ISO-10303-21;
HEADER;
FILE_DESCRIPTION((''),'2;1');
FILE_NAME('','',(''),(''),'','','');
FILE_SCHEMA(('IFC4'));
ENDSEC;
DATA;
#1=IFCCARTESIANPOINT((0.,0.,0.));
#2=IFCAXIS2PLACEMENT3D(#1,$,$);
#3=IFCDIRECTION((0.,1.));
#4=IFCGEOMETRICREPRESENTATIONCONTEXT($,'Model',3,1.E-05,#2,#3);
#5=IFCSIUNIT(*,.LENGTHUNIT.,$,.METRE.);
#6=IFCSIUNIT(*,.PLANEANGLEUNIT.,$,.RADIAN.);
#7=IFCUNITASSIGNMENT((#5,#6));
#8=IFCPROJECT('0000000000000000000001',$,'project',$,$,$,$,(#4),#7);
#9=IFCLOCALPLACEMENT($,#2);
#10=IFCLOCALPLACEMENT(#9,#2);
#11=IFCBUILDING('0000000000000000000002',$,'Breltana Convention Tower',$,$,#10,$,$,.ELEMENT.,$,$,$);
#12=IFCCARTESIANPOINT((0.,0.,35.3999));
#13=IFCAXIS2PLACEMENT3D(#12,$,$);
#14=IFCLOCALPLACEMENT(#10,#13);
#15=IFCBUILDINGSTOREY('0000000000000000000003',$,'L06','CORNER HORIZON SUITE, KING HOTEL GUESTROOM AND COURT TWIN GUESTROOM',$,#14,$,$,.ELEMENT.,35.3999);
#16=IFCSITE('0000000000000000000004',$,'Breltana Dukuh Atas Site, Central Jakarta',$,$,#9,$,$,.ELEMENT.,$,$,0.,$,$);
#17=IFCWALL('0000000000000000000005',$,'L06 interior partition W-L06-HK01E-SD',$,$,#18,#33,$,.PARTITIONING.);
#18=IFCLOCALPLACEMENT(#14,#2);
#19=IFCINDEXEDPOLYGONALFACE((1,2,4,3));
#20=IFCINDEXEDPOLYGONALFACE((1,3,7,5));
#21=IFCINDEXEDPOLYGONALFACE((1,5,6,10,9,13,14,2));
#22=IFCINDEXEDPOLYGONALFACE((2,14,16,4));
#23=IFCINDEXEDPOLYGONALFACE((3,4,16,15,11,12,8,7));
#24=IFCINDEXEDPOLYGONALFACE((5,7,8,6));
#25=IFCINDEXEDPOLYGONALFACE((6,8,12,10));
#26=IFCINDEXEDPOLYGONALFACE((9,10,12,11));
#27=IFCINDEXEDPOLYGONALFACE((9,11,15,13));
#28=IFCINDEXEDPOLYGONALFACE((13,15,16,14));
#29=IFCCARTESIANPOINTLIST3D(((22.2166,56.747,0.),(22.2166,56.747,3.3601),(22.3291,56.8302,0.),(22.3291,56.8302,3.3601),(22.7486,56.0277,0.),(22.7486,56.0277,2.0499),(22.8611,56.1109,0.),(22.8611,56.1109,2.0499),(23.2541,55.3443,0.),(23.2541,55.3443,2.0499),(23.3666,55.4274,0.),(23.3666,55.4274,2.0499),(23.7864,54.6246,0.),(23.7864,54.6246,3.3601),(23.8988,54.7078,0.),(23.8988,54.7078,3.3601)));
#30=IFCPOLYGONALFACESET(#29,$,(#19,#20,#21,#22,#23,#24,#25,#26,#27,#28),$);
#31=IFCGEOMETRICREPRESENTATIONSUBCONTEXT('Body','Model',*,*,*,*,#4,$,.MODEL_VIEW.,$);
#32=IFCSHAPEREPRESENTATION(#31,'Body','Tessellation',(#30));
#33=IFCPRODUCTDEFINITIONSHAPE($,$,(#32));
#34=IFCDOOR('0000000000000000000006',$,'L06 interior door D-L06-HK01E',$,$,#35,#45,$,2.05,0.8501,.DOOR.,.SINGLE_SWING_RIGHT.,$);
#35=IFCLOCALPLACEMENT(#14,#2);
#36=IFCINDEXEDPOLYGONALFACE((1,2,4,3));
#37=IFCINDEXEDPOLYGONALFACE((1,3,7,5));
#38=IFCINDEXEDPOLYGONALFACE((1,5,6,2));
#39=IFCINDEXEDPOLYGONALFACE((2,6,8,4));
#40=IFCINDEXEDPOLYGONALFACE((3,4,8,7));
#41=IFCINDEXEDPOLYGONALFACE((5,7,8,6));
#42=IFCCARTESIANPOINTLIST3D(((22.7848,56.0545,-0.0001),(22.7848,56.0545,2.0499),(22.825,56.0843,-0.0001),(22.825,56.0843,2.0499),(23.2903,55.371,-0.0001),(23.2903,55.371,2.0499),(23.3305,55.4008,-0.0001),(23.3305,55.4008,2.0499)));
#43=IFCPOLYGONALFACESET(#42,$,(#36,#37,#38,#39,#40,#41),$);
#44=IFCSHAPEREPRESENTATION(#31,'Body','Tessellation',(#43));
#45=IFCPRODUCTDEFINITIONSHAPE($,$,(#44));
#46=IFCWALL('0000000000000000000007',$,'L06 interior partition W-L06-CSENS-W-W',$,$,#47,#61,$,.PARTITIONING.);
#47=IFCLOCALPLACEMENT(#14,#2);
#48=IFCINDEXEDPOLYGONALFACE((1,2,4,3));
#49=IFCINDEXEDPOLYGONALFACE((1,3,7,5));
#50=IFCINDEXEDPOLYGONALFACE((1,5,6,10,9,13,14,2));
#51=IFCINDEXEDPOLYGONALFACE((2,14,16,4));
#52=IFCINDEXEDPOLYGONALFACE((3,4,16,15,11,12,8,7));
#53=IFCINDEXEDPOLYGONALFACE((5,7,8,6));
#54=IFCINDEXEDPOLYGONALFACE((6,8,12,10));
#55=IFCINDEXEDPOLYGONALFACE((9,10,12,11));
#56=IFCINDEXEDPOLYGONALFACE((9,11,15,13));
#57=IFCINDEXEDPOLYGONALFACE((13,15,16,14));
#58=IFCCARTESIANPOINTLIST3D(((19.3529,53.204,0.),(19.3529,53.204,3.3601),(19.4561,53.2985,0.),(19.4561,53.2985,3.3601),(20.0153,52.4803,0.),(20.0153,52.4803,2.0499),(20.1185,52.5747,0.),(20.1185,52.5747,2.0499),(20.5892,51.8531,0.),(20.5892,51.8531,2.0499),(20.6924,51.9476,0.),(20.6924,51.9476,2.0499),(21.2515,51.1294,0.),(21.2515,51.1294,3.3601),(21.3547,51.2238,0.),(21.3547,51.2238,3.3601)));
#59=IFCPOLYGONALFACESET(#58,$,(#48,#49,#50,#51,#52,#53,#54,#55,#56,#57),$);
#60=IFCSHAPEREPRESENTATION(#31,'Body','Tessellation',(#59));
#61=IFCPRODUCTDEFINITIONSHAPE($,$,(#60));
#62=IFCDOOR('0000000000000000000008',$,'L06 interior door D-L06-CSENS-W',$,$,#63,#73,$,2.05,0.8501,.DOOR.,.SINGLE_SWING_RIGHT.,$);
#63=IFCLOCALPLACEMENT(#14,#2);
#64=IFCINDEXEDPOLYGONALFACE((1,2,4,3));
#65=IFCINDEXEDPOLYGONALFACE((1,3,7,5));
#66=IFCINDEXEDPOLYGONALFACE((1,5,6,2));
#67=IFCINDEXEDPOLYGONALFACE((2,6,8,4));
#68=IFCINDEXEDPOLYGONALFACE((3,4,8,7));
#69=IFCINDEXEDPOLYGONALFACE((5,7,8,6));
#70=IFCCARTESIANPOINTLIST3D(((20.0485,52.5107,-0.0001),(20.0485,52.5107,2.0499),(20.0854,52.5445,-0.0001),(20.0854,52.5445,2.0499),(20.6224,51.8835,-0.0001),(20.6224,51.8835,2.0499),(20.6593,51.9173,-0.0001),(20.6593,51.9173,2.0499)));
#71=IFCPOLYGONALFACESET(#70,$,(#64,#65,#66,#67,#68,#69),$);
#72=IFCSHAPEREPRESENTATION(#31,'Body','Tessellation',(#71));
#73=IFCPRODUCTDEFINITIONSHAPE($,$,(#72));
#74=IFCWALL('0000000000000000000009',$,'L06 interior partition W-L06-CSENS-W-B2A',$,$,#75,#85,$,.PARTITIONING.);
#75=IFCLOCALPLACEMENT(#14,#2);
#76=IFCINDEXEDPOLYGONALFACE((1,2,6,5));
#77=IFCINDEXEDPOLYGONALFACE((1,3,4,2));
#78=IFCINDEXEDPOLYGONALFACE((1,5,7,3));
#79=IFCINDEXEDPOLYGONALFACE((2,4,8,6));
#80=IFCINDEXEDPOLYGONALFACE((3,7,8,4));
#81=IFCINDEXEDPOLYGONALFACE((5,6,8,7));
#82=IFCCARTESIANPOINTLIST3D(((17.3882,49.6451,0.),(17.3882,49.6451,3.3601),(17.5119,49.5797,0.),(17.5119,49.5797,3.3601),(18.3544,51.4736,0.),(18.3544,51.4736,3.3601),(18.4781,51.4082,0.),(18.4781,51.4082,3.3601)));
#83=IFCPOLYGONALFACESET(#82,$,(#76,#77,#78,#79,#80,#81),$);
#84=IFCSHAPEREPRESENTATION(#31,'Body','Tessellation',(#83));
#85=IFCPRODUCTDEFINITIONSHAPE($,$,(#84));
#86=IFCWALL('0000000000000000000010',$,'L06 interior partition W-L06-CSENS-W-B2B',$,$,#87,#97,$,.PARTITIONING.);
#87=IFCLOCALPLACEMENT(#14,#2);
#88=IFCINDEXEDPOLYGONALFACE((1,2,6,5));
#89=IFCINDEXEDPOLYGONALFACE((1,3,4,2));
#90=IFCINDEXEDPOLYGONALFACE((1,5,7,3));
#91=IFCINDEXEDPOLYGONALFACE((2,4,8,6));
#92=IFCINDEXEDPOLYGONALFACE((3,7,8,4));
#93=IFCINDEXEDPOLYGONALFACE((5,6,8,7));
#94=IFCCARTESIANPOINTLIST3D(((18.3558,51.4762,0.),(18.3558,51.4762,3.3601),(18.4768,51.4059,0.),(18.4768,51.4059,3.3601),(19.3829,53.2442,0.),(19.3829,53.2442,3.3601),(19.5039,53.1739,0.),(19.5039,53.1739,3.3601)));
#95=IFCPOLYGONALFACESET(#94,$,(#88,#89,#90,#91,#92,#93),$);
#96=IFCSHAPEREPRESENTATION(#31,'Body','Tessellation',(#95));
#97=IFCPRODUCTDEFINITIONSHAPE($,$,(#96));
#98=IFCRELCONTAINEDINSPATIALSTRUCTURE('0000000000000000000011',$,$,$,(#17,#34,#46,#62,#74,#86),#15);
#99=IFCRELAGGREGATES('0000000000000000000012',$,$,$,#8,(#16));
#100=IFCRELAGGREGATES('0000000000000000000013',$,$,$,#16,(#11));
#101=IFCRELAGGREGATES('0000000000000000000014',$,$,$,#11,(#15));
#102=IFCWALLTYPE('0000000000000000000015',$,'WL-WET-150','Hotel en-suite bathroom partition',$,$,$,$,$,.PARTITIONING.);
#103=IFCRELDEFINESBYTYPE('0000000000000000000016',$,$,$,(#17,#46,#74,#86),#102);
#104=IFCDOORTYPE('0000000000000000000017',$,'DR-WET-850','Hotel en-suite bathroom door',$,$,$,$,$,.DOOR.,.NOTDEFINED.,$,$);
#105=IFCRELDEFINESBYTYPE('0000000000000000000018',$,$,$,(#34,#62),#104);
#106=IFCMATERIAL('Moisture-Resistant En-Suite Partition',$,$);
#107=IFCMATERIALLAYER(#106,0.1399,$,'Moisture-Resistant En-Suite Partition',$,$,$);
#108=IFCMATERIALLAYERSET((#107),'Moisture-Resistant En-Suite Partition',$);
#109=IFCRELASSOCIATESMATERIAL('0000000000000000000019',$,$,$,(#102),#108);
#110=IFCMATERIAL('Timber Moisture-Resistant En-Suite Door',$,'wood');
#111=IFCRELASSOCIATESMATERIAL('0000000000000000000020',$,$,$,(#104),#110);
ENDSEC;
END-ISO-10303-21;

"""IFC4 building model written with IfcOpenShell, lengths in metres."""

from ifc_helpers import new_model, si_unit, direction, frame, frame_2d, origin, place, context, subcontext, project, spatial, rectangle, extrude, source, transform, mapped, material, layer, layer_set, type_object, type_shapes, element, fill, save


model = new_model("IFC4")

# Units and contexts
model_context = context("Model", 3, precision=1e-05, world=origin(), true_north=direction((0.0, 1.0)))
body_context = subcontext(model_context, "Body", "Model", "MODEL_VIEW")
ifc_project = project(units=[si_unit("LENGTHUNIT", "METRE"), si_unit("PLANEANGLEUNIT", "RADIAN")], contexts=[model_context])

# Site, building, storey
site_placement = place(None, origin())
site = spatial("IfcSite", under=ifc_project, at=site_placement, Name="Breltana Dukuh Atas Site, Central Jakarta", CompositionType="ELEMENT", RefElevation=0.0)
building_placement = place(site_placement, origin())
building = spatial("IfcBuilding", under=site, at=building_placement, Name="Breltana Convention Tower", CompositionType="ELEMENT")
storey_placement = place(building_placement, frame((0.0, 0.0, 35.3999)))
storey = spatial("IfcBuildingStorey", under=building, at=storey_placement, Name="L06", Description="CORNER HORIZON SUITE, KING HOTEL GUESTROOM AND COURT TWIN GUESTROOM", CompositionType="ELEMENT", Elevation=35.3999)

# Shared definitions
ifc_material_1 = material(Name="Moisture-Resistant En-Suite Partition")
ifc_layer_1 = layer(ifc_material_1, 0.1399, Name="Moisture-Resistant En-Suite Partition")
ifc_layer_set_1 = layer_set([ifc_layer_1], Name="Moisture-Resistant En-Suite Partition")
wall_type_1 = type_object("IfcWallType", Name="WL-WET-150", Description="Hotel en-suite bathroom partition", PredefinedType="PARTITIONING", material=ifc_layer_set_1)

# Walls, openings, doors
shared_shape_1 = source(origin(), body_context, "Body", "SweptSolid", [
    extrude(rectangle(XDim=2.6399, YDim=0.1399, at=frame_2d((1.3198, 0.0))), origin(), (0.0, 0.0, 1.0), 3.3601),
])
wall_1_placement = place(storey_placement, frame((23.8425, 54.6663, 0.0), z_axis=(0.0, 0.0, 1.0), x_axis=(-0.59463, 0.803999, 0.0)))
wall_1 = element("IfcWall", 1, at=wall_1_placement, inside=storey, type_object=wall_type_1, Name="L06 interior partition W-L06-HK01E-SD", PredefinedType="PARTITIONING", context=body_context, shape_type="MappedRepresentation", body=[
    mapped(shared_shape_1, transform((0.0, 0.0, 0.0), scale=1.0)),
])
opening_1_placement = place(wall_1_placement, frame((0.895, 0.0, 0.0)))
opening_1 = element("IfcOpeningElement", 2, at=opening_1_placement, cuts=wall_1, PredefinedType="OPENING", context=body_context, shape_type="SweptSolid", body=[
    extrude(rectangle(XDim=0.8501, YDim=2.05, at=frame_2d((0.425, 1.0249))), frame((0.0, 0.0801, 0.0), z_axis=(0.0, -1.0, 0.0), x_axis=(1.0, 0.0, 0.0)), (0.0, 0.0, 1.0), 0.1599),
])
ifc_material_2 = material(Name="Timber Moisture-Resistant En-Suite Door", Category="wood")
door_type_1 = type_object("IfcDoorType", Name="DR-WET-850", Description="Hotel en-suite bathroom door", OperationType="NOTDEFINED", PredefinedType="DOOR", material=ifc_material_2)
shared_shape_2 = source(origin(), body_context, "Body", "SweptSolid", [
    extrude(rectangle(XDim=0.8501, YDim=2.05, at=frame_2d((0.425, 1.0249))), frame((0.0, 0.0249, 0.0), z_axis=(0.0, -1.0, 0.0), x_axis=(1.0, 0.0, 0.0)), (0.0, 0.0, 1.0), 0.05),
])
type_shapes(door_type_1, [shared_shape_2])
door_1_placement = place(opening_1_placement, origin())
door_1 = element("IfcDoor", 3, at=door_1_placement, inside=storey, type_object=door_type_1, Name="L06 interior door D-L06-HK01E", OperationType="SINGLE_SWING_RIGHT", OverallHeight=2.05, OverallWidth=0.8501, PredefinedType="DOOR", context=body_context, shape_type="MappedRepresentation", body=[
    mapped(shared_shape_2, transform((0.0, 0.0, 0.0), scale=1.0)),
])
fill(opening_1, door_1)
shared_shape_3 = source(origin(), body_context, "Body", "SweptSolid", [
    extrude(rectangle(XDim=2.8123, YDim=0.1399, at=frame_2d((1.4062, 0.0))), origin(), (0.0, 0.0, 1.0), 3.3601),
])
wall_2_placement = place(storey_placement, frame((21.3032, 51.1765, 0.0), z_axis=(0.0, 0.0, 1.0), x_axis=(-0.675119, 0.737709, 0.0)))
wall_2 = element("IfcWall", 4, at=wall_2_placement, inside=storey, type_object=wall_type_1, Name="L06 interior partition W-L06-CSENS-W-W", PredefinedType="PARTITIONING", context=body_context, shape_type="MappedRepresentation", body=[
    mapped(shared_shape_3, transform((0.0, 0.0, 0.0), scale=1.0)),
])
opening_2_placement = place(wall_2_placement, frame((0.9812, 0.0, 0.0)))
opening_2 = element("IfcOpeningElement", 5, at=opening_2_placement, cuts=wall_2, PredefinedType="OPENING", context=body_context, shape_type="SweptSolid", body=[
    extrude(rectangle(XDim=0.8501, YDim=2.05, at=frame_2d((0.425, 1.0249))), frame((0.0, 0.0801, 0.0), z_axis=(0.0, -1.0, 0.0), x_axis=(1.0, 0.0, 0.0)), (0.0, 0.0, 1.0), 0.1599),
])
door_2_placement = place(opening_2_placement, origin())
door_2 = element("IfcDoor", 6, at=door_2_placement, inside=storey, type_object=door_type_1, Name="L06 interior door D-L06-CSENS-W", OperationType="SINGLE_SWING_RIGHT", OverallHeight=2.05, OverallWidth=0.8501, PredefinedType="DOOR", context=body_context, shape_type="MappedRepresentation", body=[
    mapped(shared_shape_2, transform((0.0, 0.0, 0.0), scale=1.0)),
])
fill(opening_2, door_2)

# Walls
shared_shape_4 = source(origin(), body_context, "Body", "SweptSolid", [
    extrude(rectangle(XDim=2.0681, YDim=0.1399, at=frame_2d((1.0342, 0.0))), origin(), (0.0, 0.0, 1.0), 3.3601),
])
wall_3_placement = place(storey_placement, frame((17.45, 49.6123, 0.0), z_axis=(0.0, 0.0, 1.0), x_axis=(0.467215, 0.884144, 0.0)))
element("IfcWall", 7, at=wall_3_placement, inside=storey, type_object=wall_type_1, Name="L06 interior partition W-L06-CSENS-W-B2A", PredefinedType="PARTITIONING", context=body_context, shape_type="MappedRepresentation", body=[
    mapped(shared_shape_4, transform((0.0, 0.0, 0.0), scale=1.0)),
])
shared_shape_5 = source(origin(), body_context, "Body", "SweptSolid", [
    extrude(rectangle(XDim=2.0447, YDim=0.1399, at=frame_2d((1.0225, 0.0))), origin(), (0.0, 0.0, 1.0), 3.3601),
])
wall_4_placement = place(storey_placement, frame((18.4163, 51.4409, 0.0), z_axis=(0.0, 0.0, 1.0), x_axis=(0.502311, 0.864687, 0.0)))
element("IfcWall", 8, at=wall_4_placement, inside=storey, type_object=wall_type_1, Name="L06 interior partition W-L06-CSENS-W-B2B", PredefinedType="PARTITIONING", context=body_context, shape_type="MappedRepresentation", body=[
    mapped(shared_shape_5, transform((0.0, 0.0, 0.0), scale=1.0)),
])

save(model, "model.ifc")
